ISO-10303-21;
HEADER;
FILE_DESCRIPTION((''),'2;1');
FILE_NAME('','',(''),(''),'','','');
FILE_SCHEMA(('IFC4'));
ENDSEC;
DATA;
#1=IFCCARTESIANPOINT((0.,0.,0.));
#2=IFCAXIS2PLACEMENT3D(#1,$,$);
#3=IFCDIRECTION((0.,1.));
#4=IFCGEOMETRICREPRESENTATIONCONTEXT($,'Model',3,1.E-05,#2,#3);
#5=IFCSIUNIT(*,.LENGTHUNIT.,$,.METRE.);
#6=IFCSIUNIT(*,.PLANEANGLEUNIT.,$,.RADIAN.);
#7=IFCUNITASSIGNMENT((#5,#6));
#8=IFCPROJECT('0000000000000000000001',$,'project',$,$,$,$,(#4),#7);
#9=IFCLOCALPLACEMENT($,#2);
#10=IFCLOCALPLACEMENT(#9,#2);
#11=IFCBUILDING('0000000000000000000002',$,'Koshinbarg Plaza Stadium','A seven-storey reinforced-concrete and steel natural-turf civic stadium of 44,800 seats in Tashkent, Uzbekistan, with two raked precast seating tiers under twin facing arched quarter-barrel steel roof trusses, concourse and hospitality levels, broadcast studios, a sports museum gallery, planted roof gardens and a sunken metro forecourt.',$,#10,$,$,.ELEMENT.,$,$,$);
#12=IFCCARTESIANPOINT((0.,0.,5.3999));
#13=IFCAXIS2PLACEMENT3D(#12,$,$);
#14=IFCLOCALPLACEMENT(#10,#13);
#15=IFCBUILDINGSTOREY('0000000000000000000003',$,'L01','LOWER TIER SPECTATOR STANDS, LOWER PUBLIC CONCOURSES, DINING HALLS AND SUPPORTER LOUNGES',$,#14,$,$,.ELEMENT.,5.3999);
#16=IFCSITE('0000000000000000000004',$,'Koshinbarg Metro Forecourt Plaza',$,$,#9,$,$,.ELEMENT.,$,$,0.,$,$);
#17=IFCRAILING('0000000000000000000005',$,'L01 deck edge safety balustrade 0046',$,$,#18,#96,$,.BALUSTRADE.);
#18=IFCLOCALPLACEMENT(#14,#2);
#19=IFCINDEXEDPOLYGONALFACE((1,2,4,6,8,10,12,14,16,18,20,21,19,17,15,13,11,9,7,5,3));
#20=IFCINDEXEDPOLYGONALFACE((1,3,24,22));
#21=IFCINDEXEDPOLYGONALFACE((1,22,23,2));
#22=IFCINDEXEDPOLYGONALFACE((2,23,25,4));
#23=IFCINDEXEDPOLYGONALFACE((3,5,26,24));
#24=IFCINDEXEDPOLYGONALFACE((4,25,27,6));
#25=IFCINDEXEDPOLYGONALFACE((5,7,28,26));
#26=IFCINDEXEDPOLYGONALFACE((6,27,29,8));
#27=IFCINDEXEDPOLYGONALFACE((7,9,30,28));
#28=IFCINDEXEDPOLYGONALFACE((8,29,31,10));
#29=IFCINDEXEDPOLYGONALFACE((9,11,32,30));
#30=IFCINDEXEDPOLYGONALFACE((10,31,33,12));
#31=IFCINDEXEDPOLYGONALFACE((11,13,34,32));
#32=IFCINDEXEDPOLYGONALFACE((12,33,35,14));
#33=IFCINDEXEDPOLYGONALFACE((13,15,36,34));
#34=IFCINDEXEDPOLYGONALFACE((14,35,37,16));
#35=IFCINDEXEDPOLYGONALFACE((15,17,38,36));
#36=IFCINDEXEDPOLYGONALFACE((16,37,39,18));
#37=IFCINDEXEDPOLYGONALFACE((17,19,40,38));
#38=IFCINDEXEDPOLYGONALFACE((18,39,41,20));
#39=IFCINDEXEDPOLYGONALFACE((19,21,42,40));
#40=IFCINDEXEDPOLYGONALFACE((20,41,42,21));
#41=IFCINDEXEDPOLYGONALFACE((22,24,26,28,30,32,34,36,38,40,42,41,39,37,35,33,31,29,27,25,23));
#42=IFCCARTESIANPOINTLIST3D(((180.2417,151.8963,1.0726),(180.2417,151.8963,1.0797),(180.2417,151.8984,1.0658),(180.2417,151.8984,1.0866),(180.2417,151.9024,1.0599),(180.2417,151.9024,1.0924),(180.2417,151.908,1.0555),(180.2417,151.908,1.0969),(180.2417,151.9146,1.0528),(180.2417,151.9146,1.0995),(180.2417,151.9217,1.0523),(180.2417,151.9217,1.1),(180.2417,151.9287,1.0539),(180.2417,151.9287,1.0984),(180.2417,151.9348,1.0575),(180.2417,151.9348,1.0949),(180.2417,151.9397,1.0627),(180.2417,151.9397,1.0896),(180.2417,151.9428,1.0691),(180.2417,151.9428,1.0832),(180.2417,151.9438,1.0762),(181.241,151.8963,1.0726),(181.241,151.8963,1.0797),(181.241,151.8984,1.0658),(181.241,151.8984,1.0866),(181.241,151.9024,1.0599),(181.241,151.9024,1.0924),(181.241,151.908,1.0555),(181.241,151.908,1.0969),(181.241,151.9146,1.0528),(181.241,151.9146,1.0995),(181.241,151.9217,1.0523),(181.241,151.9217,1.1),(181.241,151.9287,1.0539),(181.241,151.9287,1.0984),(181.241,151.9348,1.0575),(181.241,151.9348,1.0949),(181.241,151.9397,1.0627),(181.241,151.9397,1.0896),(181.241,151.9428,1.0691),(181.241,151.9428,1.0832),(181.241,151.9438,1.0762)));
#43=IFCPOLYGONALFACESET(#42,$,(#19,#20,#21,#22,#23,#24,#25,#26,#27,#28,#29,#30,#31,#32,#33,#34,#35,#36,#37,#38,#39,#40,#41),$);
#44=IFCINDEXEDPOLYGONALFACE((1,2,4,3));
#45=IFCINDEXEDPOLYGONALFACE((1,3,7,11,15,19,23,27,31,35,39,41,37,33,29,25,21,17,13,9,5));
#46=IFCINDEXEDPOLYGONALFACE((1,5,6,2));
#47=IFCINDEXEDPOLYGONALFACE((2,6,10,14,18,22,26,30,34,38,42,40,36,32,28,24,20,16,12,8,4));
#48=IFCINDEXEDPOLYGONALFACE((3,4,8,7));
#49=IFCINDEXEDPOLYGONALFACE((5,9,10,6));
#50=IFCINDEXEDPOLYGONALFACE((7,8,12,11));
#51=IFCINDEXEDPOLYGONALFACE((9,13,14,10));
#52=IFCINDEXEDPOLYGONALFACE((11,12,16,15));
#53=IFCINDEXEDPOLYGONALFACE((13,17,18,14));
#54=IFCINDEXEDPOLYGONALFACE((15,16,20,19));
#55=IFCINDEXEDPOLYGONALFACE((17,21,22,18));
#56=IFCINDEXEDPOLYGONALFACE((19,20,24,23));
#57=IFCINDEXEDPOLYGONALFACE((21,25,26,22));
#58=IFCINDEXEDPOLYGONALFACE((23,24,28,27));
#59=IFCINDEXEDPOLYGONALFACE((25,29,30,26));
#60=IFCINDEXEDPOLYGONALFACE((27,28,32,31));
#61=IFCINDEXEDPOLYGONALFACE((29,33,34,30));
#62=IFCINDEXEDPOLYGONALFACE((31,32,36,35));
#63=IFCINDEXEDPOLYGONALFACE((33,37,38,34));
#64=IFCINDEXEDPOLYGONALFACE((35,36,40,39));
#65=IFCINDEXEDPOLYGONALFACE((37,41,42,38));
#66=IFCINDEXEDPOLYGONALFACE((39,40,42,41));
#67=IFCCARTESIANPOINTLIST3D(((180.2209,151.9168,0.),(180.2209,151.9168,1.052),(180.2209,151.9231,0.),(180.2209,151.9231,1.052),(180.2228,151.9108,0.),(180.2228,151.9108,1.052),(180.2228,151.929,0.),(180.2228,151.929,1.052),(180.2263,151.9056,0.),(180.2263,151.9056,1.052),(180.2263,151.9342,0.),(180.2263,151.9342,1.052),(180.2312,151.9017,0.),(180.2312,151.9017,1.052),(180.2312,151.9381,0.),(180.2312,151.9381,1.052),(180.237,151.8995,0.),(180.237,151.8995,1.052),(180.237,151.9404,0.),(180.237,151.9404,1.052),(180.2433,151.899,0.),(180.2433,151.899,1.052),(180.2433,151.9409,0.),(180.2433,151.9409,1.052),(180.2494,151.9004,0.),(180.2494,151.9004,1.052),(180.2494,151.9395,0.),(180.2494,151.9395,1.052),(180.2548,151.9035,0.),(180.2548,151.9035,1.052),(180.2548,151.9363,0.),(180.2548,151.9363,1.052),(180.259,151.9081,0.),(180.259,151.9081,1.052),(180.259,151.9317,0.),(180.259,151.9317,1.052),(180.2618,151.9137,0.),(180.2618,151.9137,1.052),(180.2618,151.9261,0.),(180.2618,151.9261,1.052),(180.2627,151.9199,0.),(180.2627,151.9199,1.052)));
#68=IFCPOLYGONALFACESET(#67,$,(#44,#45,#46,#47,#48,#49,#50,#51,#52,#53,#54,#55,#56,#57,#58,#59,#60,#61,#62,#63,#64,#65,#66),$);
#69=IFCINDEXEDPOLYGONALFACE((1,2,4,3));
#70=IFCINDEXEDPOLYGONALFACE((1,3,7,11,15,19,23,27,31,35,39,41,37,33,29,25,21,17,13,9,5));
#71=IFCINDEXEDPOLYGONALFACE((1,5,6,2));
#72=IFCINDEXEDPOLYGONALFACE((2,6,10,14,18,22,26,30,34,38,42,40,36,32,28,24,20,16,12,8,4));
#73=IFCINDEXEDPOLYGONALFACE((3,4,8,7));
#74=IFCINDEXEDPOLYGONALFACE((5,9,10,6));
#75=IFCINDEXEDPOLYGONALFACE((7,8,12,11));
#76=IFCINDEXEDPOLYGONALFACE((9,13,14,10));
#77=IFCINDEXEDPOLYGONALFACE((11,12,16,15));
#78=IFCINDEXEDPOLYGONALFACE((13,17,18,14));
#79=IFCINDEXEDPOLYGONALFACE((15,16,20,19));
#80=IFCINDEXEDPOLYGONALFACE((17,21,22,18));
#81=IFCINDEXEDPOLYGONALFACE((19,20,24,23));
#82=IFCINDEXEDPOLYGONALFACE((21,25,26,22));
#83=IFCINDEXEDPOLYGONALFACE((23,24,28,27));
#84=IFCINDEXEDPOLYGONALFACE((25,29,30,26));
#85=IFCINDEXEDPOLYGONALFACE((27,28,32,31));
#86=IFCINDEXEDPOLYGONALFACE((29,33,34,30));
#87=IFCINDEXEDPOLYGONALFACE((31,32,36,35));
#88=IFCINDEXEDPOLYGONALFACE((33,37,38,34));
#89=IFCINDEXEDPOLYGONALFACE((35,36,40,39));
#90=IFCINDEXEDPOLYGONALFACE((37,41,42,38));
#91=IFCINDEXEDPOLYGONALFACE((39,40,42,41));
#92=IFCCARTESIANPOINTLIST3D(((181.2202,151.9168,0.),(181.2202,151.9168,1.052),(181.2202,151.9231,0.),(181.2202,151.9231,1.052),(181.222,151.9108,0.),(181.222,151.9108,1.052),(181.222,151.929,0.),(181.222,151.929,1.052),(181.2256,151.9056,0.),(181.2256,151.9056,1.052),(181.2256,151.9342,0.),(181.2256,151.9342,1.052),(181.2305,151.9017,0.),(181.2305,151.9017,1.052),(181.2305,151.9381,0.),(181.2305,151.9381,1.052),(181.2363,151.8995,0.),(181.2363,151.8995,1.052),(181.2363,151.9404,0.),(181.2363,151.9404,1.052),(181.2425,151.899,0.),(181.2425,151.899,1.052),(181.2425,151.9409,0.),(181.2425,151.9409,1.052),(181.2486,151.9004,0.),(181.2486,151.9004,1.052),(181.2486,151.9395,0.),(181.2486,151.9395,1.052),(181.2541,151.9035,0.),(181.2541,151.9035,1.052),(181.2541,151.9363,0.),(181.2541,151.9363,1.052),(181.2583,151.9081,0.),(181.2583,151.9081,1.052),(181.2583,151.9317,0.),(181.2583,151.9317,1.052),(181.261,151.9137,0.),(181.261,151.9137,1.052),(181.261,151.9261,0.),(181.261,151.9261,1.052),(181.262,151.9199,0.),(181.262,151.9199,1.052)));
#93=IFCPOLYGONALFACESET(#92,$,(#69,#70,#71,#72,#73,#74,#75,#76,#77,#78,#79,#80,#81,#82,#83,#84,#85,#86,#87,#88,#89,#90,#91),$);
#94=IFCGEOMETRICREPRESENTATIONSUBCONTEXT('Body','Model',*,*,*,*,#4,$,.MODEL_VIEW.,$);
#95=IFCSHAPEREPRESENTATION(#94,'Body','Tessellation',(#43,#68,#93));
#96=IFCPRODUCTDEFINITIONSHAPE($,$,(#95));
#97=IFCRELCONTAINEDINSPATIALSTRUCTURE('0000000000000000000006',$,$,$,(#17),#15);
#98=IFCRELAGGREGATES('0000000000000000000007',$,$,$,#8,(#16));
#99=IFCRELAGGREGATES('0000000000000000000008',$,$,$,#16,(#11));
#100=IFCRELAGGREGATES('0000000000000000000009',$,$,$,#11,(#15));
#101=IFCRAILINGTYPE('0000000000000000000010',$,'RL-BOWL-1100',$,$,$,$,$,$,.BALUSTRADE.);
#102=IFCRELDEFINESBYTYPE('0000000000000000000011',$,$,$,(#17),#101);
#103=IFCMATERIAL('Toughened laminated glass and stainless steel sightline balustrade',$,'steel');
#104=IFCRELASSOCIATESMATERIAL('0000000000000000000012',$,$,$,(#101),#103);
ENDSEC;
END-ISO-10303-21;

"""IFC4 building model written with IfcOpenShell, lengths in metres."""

from ifc_helpers import new_model, si_unit, direction, frame, origin, origin_2d, place, context, subcontext, project, spatial, circle, extrude, material, type_object, element, save


model = new_model("IFC4")

# Units and contexts
model_context = context("Model", 3, precision=1e-05, world=origin(), true_north=direction((0.0, 1.0)))
body_context = subcontext(model_context, "Body", "Model", "MODEL_VIEW")
ifc_project = project(units=[si_unit("LENGTHUNIT", "METRE"), si_unit("PLANEANGLEUNIT", "RADIAN")], contexts=[model_context])

# Site, building, storey
site_placement = place(None, origin())
site = spatial("IfcSite", under=ifc_project, at=site_placement, Name="Koshinbarg Metro Forecourt Plaza", CompositionType="ELEMENT", RefElevation=0.0)
building_placement = place(site_placement, origin())
building = spatial("IfcBuilding", under=site, at=building_placement, Name="Koshinbarg Plaza Stadium", Description="A seven-storey reinforced-concrete and steel natural-turf civic stadium of 44,800 seats in Tashkent, Uzbekistan, with two raked precast seating tiers under twin facing arched quarter-barrel steel roof trusses, concourse and hospitality levels, broadcast studios, a sports museum gallery, planted roof gardens and a sunken metro forecourt.", CompositionType="ELEMENT")
storey_placement = place(building_placement, frame((0.0, 0.0, 5.3999)))
storey = spatial("IfcBuildingStorey", under=building, at=storey_placement, Name="L01", Description="LOWER TIER SPECTATOR STANDS, LOWER PUBLIC CONCOURSES, DINING HALLS AND SUPPORTER LOUNGES", CompositionType="ELEMENT", Elevation=5.3999)

# Railing
ifc_material_1 = material(Name="Toughened laminated glass and stainless steel sightline balustrade", Category="steel")
railing_type_1 = type_object("IfcRailingType", Name="RL-BOWL-1100", PredefinedType="BALUSTRADE", material=ifc_material_1)
railing_1_placement = place(storey_placement, frame((180.2417, 151.9199, 0.0)))
element("IfcRailing", 1, at=railing_1_placement, inside=storey, type_object=railing_type_1, Name="L01 deck edge safety balustrade 0046", PredefinedType="BALUSTRADE", context=body_context, shape_type="SweptSolid", body=[
    extrude(circle(Radius=0.0239, at=origin_2d()), frame((0.0, 0.0, 1.0762), z_axis=(1.0, 0.0, 0.0), x_axis=(0.0, 1.0, 0.0)), (0.0, 0.0, 1.0), 0.9993),
    extrude(circle(Radius=0.021, at=origin_2d()), origin(), (0.0, 0.0, 1.0), 1.052),
    extrude(circle(Radius=0.021, at=origin_2d()), frame((0.9993, 0.0, 0.0)), (0.0, 0.0, 1.0), 1.052),
])

save(model, "model.ifc")
